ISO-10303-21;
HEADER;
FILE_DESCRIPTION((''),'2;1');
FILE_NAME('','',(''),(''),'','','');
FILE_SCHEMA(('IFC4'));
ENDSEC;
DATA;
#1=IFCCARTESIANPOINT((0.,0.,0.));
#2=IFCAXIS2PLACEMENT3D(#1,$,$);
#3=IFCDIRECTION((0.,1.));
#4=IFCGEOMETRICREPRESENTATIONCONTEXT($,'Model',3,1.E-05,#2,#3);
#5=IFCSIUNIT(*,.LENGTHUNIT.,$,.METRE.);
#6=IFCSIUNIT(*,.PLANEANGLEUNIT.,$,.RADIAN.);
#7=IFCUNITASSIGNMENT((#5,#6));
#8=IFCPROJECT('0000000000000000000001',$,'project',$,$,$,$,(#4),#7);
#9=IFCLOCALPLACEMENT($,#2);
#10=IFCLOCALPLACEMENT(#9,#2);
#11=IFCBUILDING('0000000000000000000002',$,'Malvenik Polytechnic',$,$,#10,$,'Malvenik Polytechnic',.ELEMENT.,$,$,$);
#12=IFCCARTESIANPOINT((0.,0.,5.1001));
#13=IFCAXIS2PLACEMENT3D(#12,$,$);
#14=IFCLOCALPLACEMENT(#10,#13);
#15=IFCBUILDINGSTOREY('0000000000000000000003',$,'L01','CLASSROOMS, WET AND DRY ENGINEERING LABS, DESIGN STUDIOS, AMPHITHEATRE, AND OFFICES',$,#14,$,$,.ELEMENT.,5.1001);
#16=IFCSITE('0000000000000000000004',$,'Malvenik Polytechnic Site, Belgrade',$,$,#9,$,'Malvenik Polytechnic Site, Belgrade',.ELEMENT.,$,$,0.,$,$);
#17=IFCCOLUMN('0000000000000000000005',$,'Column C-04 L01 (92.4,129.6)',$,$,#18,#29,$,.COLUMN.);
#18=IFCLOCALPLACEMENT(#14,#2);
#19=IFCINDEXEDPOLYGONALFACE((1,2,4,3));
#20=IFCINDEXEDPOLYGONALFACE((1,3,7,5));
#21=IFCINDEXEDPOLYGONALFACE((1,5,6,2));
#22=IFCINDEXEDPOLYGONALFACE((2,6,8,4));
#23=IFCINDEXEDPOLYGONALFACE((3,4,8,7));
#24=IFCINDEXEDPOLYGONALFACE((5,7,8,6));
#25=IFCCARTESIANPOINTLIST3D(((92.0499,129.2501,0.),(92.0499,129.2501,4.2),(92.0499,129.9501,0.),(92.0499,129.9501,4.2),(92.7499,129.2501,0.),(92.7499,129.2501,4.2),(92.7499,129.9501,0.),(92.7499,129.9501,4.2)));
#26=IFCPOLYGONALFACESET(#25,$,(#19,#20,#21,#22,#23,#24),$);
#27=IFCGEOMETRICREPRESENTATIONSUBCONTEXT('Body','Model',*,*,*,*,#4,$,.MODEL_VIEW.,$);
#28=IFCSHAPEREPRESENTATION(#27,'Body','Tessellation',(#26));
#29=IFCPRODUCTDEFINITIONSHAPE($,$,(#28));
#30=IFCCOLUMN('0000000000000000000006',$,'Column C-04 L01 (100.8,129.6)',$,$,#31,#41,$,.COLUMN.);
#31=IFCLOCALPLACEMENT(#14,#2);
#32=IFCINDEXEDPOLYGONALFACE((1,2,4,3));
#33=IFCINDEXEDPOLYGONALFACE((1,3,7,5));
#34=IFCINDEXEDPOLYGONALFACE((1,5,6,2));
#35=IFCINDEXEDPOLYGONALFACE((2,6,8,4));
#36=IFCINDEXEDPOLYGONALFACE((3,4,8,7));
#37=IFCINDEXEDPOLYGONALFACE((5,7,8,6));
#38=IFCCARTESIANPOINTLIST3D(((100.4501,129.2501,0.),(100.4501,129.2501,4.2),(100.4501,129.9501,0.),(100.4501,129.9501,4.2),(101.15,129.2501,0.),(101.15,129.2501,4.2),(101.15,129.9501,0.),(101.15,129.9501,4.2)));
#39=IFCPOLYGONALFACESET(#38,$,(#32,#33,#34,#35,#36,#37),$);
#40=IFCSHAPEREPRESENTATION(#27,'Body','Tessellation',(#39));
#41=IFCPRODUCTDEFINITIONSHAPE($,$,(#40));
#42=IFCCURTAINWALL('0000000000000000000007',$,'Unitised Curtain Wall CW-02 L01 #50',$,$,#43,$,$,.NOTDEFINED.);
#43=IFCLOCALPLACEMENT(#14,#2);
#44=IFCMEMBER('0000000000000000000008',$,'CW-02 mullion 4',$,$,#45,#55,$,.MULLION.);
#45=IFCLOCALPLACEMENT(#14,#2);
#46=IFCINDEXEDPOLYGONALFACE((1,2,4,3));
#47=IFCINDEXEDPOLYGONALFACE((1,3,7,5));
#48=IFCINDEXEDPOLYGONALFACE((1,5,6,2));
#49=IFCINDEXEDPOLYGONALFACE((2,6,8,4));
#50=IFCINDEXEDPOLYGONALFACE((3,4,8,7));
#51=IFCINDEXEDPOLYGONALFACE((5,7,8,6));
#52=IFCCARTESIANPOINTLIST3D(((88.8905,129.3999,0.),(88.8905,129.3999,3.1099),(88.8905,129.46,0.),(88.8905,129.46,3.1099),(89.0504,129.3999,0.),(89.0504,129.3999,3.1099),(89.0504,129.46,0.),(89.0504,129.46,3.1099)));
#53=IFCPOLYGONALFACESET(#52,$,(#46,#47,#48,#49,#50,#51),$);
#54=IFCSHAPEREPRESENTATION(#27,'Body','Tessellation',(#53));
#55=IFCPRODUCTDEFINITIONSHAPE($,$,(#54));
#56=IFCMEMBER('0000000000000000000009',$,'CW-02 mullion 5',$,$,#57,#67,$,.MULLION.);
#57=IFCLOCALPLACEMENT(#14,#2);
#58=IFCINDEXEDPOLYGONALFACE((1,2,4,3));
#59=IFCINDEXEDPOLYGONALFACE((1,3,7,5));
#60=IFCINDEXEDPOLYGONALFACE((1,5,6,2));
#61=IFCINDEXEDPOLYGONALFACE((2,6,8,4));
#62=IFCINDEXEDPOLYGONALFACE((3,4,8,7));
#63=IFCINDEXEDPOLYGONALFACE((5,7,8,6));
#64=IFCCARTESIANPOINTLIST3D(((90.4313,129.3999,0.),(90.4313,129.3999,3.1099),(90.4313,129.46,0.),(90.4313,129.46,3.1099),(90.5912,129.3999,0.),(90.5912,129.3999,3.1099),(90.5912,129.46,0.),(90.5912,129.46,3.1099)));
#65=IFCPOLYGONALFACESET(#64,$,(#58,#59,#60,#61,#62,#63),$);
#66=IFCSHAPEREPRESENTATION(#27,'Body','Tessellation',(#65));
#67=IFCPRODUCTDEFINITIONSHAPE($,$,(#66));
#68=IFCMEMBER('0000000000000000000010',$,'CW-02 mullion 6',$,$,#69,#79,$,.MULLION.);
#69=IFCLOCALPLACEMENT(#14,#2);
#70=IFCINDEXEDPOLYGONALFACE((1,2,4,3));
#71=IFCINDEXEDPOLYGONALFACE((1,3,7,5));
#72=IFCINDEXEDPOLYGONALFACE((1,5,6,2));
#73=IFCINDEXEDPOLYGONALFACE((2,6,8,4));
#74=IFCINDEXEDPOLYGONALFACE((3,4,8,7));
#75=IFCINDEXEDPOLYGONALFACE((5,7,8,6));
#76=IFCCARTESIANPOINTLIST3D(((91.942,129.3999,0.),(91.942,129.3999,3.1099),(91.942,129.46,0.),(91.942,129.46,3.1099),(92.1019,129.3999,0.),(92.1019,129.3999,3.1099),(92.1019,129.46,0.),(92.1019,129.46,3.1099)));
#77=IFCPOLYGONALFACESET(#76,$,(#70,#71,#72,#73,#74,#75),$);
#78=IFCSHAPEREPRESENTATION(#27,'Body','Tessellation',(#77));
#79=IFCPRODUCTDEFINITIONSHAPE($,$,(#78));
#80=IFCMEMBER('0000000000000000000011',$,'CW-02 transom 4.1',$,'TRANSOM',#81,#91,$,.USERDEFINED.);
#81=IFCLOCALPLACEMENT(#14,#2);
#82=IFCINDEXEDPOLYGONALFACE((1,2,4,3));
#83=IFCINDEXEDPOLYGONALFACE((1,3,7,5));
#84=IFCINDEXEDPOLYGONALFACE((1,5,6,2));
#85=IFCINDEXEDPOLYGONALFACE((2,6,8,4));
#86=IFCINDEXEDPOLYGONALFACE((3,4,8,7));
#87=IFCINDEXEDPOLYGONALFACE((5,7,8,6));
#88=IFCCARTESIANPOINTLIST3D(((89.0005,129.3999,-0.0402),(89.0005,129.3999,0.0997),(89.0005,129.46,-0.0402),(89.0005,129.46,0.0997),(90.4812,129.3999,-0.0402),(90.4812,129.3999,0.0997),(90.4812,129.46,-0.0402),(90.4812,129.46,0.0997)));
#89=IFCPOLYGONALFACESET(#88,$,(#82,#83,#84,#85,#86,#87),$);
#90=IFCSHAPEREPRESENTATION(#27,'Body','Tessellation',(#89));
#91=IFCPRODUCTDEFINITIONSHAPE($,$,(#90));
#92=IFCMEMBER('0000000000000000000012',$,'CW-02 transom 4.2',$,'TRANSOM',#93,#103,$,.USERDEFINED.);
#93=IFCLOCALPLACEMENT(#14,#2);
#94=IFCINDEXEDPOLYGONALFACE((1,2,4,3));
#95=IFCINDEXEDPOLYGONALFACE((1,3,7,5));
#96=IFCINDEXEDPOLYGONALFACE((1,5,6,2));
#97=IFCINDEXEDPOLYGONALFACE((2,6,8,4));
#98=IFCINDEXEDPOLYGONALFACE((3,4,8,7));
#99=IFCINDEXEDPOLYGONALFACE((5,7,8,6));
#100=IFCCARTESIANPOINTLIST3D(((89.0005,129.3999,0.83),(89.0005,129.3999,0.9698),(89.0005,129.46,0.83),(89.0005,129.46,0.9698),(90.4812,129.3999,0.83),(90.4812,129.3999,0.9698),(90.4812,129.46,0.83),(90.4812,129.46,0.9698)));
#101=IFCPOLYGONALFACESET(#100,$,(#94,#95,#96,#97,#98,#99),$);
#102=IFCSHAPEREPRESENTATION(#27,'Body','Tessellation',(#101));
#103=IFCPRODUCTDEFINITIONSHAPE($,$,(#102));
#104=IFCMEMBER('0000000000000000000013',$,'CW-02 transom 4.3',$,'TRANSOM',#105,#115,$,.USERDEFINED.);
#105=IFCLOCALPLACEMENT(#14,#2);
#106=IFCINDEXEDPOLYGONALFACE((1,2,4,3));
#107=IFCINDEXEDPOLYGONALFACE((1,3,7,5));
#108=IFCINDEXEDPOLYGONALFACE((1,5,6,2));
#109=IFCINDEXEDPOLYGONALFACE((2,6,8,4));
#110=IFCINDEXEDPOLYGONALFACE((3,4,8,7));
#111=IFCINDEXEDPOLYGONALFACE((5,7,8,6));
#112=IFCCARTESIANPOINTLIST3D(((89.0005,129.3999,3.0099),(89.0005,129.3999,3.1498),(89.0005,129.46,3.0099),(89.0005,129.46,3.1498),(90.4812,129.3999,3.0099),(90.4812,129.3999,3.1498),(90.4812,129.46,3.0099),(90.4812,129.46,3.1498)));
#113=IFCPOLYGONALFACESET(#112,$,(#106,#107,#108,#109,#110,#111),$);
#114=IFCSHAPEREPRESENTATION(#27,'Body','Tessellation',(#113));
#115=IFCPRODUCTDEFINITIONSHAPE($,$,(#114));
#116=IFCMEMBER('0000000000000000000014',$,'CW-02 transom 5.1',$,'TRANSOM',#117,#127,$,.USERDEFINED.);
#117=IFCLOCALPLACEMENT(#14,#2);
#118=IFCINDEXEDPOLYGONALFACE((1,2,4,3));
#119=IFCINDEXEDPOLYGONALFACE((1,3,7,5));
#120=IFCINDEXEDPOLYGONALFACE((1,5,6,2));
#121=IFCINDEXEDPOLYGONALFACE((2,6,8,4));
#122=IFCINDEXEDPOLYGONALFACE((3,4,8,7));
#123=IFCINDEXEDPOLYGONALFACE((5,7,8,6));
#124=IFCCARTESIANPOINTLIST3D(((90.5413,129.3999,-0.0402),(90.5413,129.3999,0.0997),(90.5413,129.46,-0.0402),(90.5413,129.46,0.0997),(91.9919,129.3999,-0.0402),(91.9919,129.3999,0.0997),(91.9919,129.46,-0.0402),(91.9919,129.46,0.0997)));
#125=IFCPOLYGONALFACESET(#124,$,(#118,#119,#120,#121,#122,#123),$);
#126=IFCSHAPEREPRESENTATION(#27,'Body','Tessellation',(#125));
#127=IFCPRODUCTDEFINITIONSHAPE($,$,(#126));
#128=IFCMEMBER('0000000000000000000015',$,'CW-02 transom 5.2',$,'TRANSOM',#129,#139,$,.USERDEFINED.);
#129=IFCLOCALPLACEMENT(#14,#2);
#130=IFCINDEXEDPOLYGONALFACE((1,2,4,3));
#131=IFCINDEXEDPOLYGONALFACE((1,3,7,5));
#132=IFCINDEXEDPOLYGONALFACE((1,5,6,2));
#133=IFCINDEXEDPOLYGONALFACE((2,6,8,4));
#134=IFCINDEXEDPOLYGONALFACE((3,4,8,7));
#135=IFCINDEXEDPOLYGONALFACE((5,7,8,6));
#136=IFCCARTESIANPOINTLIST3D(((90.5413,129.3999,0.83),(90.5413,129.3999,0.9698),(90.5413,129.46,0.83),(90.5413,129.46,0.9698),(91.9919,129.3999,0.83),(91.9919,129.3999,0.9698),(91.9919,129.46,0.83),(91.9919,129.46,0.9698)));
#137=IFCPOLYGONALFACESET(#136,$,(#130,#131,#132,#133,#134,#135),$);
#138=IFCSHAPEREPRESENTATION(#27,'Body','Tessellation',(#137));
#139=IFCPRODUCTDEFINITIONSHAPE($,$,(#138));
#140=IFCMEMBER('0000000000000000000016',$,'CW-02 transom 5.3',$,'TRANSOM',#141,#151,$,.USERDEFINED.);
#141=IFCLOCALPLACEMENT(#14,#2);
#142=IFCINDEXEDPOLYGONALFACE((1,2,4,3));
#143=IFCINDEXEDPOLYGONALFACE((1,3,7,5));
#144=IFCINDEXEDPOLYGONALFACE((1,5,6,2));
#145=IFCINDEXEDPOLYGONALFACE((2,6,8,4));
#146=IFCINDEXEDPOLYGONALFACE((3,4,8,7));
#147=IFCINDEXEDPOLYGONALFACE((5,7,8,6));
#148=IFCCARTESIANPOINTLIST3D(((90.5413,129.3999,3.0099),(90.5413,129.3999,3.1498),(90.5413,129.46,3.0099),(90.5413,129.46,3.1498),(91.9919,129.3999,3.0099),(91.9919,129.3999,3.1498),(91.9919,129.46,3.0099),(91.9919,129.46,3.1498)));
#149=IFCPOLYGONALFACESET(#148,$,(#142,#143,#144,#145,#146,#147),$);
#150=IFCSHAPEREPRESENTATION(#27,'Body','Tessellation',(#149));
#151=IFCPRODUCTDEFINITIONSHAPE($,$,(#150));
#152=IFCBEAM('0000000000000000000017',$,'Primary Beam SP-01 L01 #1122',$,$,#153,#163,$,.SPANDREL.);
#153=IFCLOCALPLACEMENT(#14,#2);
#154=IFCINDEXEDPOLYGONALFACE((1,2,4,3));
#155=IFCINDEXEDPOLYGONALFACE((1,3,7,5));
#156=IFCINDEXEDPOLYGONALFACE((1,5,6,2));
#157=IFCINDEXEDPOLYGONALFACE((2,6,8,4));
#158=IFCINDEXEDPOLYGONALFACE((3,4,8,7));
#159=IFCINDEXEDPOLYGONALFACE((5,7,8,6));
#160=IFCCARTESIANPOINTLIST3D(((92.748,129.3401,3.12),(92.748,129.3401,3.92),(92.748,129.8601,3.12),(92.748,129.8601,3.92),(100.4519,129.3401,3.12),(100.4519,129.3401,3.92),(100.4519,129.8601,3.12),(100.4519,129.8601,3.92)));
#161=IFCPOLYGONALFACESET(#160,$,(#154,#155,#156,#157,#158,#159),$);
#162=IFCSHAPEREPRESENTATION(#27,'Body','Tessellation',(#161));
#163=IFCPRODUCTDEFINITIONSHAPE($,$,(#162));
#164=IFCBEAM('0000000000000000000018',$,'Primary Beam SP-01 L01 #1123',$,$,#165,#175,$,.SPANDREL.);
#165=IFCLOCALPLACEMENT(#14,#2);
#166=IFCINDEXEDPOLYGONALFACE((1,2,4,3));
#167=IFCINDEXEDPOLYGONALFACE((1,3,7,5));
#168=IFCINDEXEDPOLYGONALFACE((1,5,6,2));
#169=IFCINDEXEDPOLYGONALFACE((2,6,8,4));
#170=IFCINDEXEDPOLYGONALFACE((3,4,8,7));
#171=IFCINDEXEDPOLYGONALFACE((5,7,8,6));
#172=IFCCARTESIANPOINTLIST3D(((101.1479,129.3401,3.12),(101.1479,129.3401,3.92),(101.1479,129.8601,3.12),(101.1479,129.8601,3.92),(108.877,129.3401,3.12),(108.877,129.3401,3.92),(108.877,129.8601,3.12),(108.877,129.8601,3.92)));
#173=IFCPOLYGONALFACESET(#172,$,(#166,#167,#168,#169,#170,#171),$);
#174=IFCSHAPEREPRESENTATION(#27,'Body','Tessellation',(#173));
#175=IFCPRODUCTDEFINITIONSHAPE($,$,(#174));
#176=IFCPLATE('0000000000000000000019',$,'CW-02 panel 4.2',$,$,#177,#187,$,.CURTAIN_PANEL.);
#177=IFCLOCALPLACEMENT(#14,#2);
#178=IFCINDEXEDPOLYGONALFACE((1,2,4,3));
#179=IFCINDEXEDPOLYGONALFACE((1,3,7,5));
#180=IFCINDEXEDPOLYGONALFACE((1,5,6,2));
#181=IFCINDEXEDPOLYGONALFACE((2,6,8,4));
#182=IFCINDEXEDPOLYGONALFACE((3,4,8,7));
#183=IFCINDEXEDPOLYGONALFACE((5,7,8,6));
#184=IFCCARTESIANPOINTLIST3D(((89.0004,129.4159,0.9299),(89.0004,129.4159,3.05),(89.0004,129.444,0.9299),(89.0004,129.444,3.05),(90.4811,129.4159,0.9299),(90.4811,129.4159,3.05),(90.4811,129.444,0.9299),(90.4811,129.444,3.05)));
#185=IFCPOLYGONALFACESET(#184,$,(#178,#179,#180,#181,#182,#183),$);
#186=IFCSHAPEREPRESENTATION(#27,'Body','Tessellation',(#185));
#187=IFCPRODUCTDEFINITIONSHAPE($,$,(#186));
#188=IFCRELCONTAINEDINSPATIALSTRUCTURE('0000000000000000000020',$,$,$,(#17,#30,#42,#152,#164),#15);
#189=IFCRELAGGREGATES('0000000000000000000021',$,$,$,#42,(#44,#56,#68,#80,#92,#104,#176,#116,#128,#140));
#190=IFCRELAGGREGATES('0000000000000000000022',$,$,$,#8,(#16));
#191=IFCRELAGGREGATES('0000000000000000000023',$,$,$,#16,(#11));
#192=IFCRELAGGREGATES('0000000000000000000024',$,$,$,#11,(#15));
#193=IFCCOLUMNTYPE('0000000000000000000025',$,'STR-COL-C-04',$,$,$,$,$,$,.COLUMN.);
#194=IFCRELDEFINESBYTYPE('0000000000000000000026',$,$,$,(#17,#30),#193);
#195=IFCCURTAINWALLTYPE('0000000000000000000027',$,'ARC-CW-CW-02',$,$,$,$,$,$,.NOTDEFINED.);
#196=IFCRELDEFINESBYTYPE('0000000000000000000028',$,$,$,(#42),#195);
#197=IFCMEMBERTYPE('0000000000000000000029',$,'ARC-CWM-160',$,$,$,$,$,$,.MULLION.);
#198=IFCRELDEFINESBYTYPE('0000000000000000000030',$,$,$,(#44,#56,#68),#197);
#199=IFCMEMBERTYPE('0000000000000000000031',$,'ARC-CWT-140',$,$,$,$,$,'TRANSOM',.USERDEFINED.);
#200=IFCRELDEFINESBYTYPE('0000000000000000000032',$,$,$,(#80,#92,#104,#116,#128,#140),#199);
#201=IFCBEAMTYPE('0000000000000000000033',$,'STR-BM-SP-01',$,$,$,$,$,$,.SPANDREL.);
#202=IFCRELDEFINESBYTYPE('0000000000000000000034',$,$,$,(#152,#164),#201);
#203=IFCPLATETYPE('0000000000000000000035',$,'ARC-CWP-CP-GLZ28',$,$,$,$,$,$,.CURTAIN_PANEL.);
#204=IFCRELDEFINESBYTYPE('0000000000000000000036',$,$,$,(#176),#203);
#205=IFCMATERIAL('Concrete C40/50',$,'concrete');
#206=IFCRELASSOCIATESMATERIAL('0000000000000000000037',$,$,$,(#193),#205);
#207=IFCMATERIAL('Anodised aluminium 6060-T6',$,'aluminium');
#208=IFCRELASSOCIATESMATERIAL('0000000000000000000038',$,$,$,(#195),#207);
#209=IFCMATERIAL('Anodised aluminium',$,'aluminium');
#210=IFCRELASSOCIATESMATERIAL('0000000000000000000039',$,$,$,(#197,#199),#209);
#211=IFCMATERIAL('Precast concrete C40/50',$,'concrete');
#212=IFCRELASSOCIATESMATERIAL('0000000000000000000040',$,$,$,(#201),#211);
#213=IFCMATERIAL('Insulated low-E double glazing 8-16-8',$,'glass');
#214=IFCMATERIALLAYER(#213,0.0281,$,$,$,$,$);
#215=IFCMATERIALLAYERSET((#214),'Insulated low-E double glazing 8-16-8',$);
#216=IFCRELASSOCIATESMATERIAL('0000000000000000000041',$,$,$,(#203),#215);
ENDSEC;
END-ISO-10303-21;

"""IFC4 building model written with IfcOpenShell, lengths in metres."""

from ifc_helpers import new_model, si_unit, direction, frame, origin, origin_2d, place, context, subcontext, project, spatial, rectangle, extrude, material, layer, layer_set, material_profile, profile_set, type_object, element, aggregate, save


model = new_model("IFC4")

# Units and contexts
model_context = context("Model", 3, precision=1e-05, world=origin(), true_north=direction((0.0, 1.0)))
body_context = subcontext(model_context, "Body", "Model", "MODEL_VIEW")
ifc_project = project(units=[si_unit("LENGTHUNIT", "METRE"), si_unit("PLANEANGLEUNIT", "RADIAN")], contexts=[model_context])

# Site, building, storey
site_placement = place(None, origin())
site = spatial("IfcSite", under=ifc_project, at=site_placement, Name="Malvenik Polytechnic Site, Belgrade", LongName="Malvenik Polytechnic Site, Belgrade", CompositionType="ELEMENT", RefElevation=0.0)
building_placement = place(site_placement, origin())
building = spatial("IfcBuilding", under=site, at=building_placement, Name="Malvenik Polytechnic", LongName="Malvenik Polytechnic", CompositionType="ELEMENT")
storey_placement = place(building_placement, frame((0.0, 0.0, 5.1001)))
storey = spatial("IfcBuildingStorey", under=building, at=storey_placement, Name="L01", Description="CLASSROOMS, WET AND DRY ENGINEERING LABS, DESIGN STUDIOS, AMPHITHEATRE, AND OFFICES", CompositionType="ELEMENT", Elevation=5.1001)

# Columns
ifc_material_1 = material(Name="Concrete C40/50", Category="concrete")
ifc_material_profile_1 = material_profile(ifc_material_1, rectangle(XDim=0.7, YDim=0.7, at=origin_2d()), Name="RC COL 700x700")
ifc_profile_set_1 = profile_set([ifc_material_profile_1], Name="Concrete C40/50")
column_type = type_object("IfcColumnType", Name="STR-COL-C-04", PredefinedType="COLUMN", material=ifc_profile_set_1)
for number, where, z_axis, x_axis, name in (
    (1, (92.3999, 129.6001, 0.0), (0.0, 0.0, 1.0), (1.0, 0.0, 0.0), "Column C-04 L01 (92.4,129.6)"),
    (2, (100.8, 129.6001, 0.0), (0.0, 0.0, 1.0), (1.0, 0.0, 0.0), "Column C-04 L01 (100.8,129.6)"),
):
    element("IfcColumn", number, at=place(storey_placement, frame(where, z_axis=z_axis, x_axis=x_axis)), inside=storey, type_object=column_type, Name=name, PredefinedType="COLUMN", context=body_context, shape_type="SweptSolid", body=[
        extrude(rectangle(XDim=0.7, YDim=0.7, at=origin_2d()), origin(), (0.0, 0.0, 1.0), 4.2),
    ])

# Curtain wall, members
ifc_material_2 = material(Name="Anodised aluminium 6060-T6", Category="aluminium")
curtain_wall_type = type_object("IfcCurtainWallType", Name="ARC-CW-CW-02", PredefinedType="NOTDEFINED", material=ifc_material_2)
curtain_wall_placement = place(storey_placement, origin())
curtain_wall = element("IfcCurtainWall", 3, at=curtain_wall_placement, inside=storey, type_object=curtain_wall_type, Name="Unitised Curtain Wall CW-02 L01 #50", PredefinedType="NOTDEFINED")
ifc_material_3 = material(Name="Anodised aluminium", Category="aluminium")
ifc_material_profile_2 = material_profile(ifc_material_3, rectangle(XDim=0.0601, YDim=0.1599, at=origin_2d()), Name="ALU MULLION 60x160")
ifc_profile_set_2 = profile_set([ifc_material_profile_2], Name="Anodised aluminium")
member_type_1 = type_object("IfcMemberType", Name="ARC-CWM-160", PredefinedType="MULLION", material=ifc_profile_set_2)
member_1_placement = place(storey_placement, frame((88.9705, 129.4299, 0.0), z_axis=(0.0, 0.0, 1.0), x_axis=(0.0, 1.0, 0.0)))
member_1 = element("IfcMember", 4, at=member_1_placement, type_object=member_type_1, Name="CW-02 mullion 4", PredefinedType="MULLION", context=body_context, shape_type="SweptSolid", body=[
    extrude(rectangle(XDim=0.0601, YDim=0.1599, at=origin_2d()), origin(), (0.0, 0.0, 1.0), 3.1099),
])
member_2_placement = place(storey_placement, frame((90.5112, 129.4299, 0.0), z_axis=(0.0, 0.0, 1.0), x_axis=(0.0, 1.0, 0.0)))
member_2 = element("IfcMember", 5, at=member_2_placement, type_object=member_type_1, Name="CW-02 mullion 5", PredefinedType="MULLION", context=body_context, shape_type="SweptSolid", body=[
    extrude(rectangle(XDim=0.0601, YDim=0.1599, at=origin_2d()), origin(), (0.0, 0.0, 1.0), 3.1099),
])
member_3_placement = place(storey_placement, frame((92.022, 129.4299, 0.0), z_axis=(0.0, 0.0, 1.0), x_axis=(0.0, 1.0, 0.0)))
member_3 = element("IfcMember", 6, at=member_3_placement, type_object=member_type_1, Name="CW-02 mullion 6", PredefinedType="MULLION", context=body_context, shape_type="SweptSolid", body=[
    extrude(rectangle(XDim=0.0601, YDim=0.1599, at=origin_2d()), origin(), (0.0, 0.0, 1.0), 3.1099),
])
ifc_material_profile_3 = material_profile(ifc_material_3, rectangle(XDim=0.0601, YDim=0.1399, at=origin_2d()), Name="ALU TRANSOM 60x140")
ifc_profile_set_3 = profile_set([ifc_material_profile_3], Name="Anodised aluminium")
member_type_2 = type_object("IfcMemberType", Name="ARC-CWT-140", ElementType="TRANSOM", PredefinedType="USERDEFINED", material=ifc_profile_set_3)
member_4_placement = place(storey_placement, frame((89.0005, 129.4299, 0.0298), z_axis=(1.0, 0.0, 0.0), x_axis=(0.0, 1.0, 0.0)))
member_4 = element("IfcMember", 7, at=member_4_placement, type_object=member_type_2, Name="CW-02 transom 4.1", ObjectType="TRANSOM", PredefinedType="USERDEFINED", context=body_context, shape_type="SweptSolid", body=[
    extrude(rectangle(XDim=0.0601, YDim=0.1399, at=origin_2d()), origin(), (0.0, 0.0, 1.0), 1.4807),
])
member_5_placement = place(storey_placement, frame((89.0005, 129.4299, 0.8999), z_axis=(1.0, 0.0, 0.0), x_axis=(0.0, 1.0, 0.0)))
member_5 = element("IfcMember", 8, at=member_5_placement, type_object=member_type_2, Name="CW-02 transom 4.2", ObjectType="TRANSOM", PredefinedType="USERDEFINED", context=body_context, shape_type="SweptSolid", body=[
    extrude(rectangle(XDim=0.0601, YDim=0.1399, at=origin_2d()), origin(), (0.0, 0.0, 1.0), 1.4807),
])
member_6_placement = place(storey_placement, frame((89.0005, 129.4299, 3.0798), z_axis=(1.0, 0.0, 0.0), x_axis=(0.0, 1.0, 0.0)))
member_6 = element("IfcMember", 9, at=member_6_placement, type_object=member_type_2, Name="CW-02 transom 4.3", ObjectType="TRANSOM", PredefinedType="USERDEFINED", context=body_context, shape_type="SweptSolid", body=[
    extrude(rectangle(XDim=0.0601, YDim=0.1399, at=origin_2d()), origin(), (0.0, 0.0, 1.0), 1.4807),
])
member_7_placement = place(storey_placement, frame((90.5413, 129.4299, 0.0298), z_axis=(1.0, 0.0, 0.0), x_axis=(0.0, 1.0, 0.0)))
member_7 = element("IfcMember", 10, at=member_7_placement, type_object=member_type_2, Name="CW-02 transom 5.1", ObjectType="TRANSOM", PredefinedType="USERDEFINED", context=body_context, shape_type="SweptSolid", body=[
    extrude(rectangle(XDim=0.0601, YDim=0.1399, at=origin_2d()), origin(), (0.0, 0.0, 1.0), 1.4507),
])
member_8_placement = place(storey_placement, frame((90.5413, 129.4299, 0.8999), z_axis=(1.0, 0.0, 0.0), x_axis=(0.0, 1.0, 0.0)))
member_8 = element("IfcMember", 11, at=member_8_placement, type_object=member_type_2, Name="CW-02 transom 5.2", ObjectType="TRANSOM", PredefinedType="USERDEFINED", context=body_context, shape_type="SweptSolid", body=[
    extrude(rectangle(XDim=0.0601, YDim=0.1399, at=origin_2d()), origin(), (0.0, 0.0, 1.0), 1.4507),
])
member_9_placement = place(storey_placement, frame((90.5413, 129.4299, 3.0798), z_axis=(1.0, 0.0, 0.0), x_axis=(0.0, 1.0, 0.0)))
member_9 = element("IfcMember", 12, at=member_9_placement, type_object=member_type_2, Name="CW-02 transom 5.3", ObjectType="TRANSOM", PredefinedType="USERDEFINED", context=body_context, shape_type="SweptSolid", body=[
    extrude(rectangle(XDim=0.0601, YDim=0.1399, at=origin_2d()), origin(), (0.0, 0.0, 1.0), 1.4507),
])

# Beams
ifc_material_4 = material(Name="Precast concrete C40/50", Category="concrete")
ifc_material_profile_4 = material_profile(ifc_material_4, rectangle(XDim=0.52, YDim=0.8, at=origin_2d()), Name="PC SPN 520x800")
ifc_profile_set_4 = profile_set([ifc_material_profile_4], Name="Precast concrete C40/50")
beam_type = type_object("IfcBeamType", Name="STR-BM-SP-01", PredefinedType="SPANDREL", material=ifc_profile_set_4)
beam_1_placement = place(storey_placement, frame((92.748, 129.6001, 3.52), z_axis=(1.0, 0.0, 0.0), x_axis=(0.0, 1.0, 0.0)))
element("IfcBeam", 13, at=beam_1_placement, inside=storey, type_object=beam_type, Name="Primary Beam SP-01 L01 #1122", PredefinedType="SPANDREL", context=body_context, shape_type="SweptSolid", body=[
    extrude(rectangle(XDim=0.52, YDim=0.8, at=origin_2d()), origin(), (0.0, 0.0, 1.0), 7.7039),
])
beam_2_placement = place(storey_placement, frame((101.1479, 129.6001, 3.52), z_axis=(1.0, 0.0, 0.0), x_axis=(0.0, 1.0, 0.0)))
element("IfcBeam", 14, at=beam_2_placement, inside=storey, type_object=beam_type, Name="Primary Beam SP-01 L01 #1123", PredefinedType="SPANDREL", context=body_context, shape_type="SweptSolid", body=[
    extrude(rectangle(XDim=0.52, YDim=0.8, at=origin_2d()), origin(), (0.0, 0.0, 1.0), 7.729),
])

# Plate
ifc_material_5 = material(Name="Insulated low-E double glazing 8-16-8", Category="glass")
ifc_layer_1 = layer(ifc_material_5, 0.0281)
ifc_layer_set_1 = layer_set([ifc_layer_1], Name="Insulated low-E double glazing 8-16-8")
plate_type_1 = type_object("IfcPlateType", Name="ARC-CWP-CP-GLZ28", PredefinedType="CURTAIN_PANEL", material=ifc_layer_set_1)
plate_1_placement = place(storey_placement, frame((89.7407, 129.4299, 0.9299), z_axis=(0.0, 0.0, 1.0), x_axis=(1.0, 0.0, 0.0)))
plate_1 = element("IfcPlate", 15, at=plate_1_placement, type_object=plate_type_1, Name="CW-02 panel 4.2", PredefinedType="CURTAIN_PANEL", context=body_context, shape_type="SweptSolid", body=[
    extrude(rectangle(XDim=1.4807, YDim=0.0281, at=origin_2d()), origin(), (0.0, 0.0, 1.0), 2.1201),
])
aggregate(curtain_wall, [member_1, member_2, member_3, member_4, member_5, member_6, plate_1, member_7, member_8, member_9])

save(model, "model.ifc")
